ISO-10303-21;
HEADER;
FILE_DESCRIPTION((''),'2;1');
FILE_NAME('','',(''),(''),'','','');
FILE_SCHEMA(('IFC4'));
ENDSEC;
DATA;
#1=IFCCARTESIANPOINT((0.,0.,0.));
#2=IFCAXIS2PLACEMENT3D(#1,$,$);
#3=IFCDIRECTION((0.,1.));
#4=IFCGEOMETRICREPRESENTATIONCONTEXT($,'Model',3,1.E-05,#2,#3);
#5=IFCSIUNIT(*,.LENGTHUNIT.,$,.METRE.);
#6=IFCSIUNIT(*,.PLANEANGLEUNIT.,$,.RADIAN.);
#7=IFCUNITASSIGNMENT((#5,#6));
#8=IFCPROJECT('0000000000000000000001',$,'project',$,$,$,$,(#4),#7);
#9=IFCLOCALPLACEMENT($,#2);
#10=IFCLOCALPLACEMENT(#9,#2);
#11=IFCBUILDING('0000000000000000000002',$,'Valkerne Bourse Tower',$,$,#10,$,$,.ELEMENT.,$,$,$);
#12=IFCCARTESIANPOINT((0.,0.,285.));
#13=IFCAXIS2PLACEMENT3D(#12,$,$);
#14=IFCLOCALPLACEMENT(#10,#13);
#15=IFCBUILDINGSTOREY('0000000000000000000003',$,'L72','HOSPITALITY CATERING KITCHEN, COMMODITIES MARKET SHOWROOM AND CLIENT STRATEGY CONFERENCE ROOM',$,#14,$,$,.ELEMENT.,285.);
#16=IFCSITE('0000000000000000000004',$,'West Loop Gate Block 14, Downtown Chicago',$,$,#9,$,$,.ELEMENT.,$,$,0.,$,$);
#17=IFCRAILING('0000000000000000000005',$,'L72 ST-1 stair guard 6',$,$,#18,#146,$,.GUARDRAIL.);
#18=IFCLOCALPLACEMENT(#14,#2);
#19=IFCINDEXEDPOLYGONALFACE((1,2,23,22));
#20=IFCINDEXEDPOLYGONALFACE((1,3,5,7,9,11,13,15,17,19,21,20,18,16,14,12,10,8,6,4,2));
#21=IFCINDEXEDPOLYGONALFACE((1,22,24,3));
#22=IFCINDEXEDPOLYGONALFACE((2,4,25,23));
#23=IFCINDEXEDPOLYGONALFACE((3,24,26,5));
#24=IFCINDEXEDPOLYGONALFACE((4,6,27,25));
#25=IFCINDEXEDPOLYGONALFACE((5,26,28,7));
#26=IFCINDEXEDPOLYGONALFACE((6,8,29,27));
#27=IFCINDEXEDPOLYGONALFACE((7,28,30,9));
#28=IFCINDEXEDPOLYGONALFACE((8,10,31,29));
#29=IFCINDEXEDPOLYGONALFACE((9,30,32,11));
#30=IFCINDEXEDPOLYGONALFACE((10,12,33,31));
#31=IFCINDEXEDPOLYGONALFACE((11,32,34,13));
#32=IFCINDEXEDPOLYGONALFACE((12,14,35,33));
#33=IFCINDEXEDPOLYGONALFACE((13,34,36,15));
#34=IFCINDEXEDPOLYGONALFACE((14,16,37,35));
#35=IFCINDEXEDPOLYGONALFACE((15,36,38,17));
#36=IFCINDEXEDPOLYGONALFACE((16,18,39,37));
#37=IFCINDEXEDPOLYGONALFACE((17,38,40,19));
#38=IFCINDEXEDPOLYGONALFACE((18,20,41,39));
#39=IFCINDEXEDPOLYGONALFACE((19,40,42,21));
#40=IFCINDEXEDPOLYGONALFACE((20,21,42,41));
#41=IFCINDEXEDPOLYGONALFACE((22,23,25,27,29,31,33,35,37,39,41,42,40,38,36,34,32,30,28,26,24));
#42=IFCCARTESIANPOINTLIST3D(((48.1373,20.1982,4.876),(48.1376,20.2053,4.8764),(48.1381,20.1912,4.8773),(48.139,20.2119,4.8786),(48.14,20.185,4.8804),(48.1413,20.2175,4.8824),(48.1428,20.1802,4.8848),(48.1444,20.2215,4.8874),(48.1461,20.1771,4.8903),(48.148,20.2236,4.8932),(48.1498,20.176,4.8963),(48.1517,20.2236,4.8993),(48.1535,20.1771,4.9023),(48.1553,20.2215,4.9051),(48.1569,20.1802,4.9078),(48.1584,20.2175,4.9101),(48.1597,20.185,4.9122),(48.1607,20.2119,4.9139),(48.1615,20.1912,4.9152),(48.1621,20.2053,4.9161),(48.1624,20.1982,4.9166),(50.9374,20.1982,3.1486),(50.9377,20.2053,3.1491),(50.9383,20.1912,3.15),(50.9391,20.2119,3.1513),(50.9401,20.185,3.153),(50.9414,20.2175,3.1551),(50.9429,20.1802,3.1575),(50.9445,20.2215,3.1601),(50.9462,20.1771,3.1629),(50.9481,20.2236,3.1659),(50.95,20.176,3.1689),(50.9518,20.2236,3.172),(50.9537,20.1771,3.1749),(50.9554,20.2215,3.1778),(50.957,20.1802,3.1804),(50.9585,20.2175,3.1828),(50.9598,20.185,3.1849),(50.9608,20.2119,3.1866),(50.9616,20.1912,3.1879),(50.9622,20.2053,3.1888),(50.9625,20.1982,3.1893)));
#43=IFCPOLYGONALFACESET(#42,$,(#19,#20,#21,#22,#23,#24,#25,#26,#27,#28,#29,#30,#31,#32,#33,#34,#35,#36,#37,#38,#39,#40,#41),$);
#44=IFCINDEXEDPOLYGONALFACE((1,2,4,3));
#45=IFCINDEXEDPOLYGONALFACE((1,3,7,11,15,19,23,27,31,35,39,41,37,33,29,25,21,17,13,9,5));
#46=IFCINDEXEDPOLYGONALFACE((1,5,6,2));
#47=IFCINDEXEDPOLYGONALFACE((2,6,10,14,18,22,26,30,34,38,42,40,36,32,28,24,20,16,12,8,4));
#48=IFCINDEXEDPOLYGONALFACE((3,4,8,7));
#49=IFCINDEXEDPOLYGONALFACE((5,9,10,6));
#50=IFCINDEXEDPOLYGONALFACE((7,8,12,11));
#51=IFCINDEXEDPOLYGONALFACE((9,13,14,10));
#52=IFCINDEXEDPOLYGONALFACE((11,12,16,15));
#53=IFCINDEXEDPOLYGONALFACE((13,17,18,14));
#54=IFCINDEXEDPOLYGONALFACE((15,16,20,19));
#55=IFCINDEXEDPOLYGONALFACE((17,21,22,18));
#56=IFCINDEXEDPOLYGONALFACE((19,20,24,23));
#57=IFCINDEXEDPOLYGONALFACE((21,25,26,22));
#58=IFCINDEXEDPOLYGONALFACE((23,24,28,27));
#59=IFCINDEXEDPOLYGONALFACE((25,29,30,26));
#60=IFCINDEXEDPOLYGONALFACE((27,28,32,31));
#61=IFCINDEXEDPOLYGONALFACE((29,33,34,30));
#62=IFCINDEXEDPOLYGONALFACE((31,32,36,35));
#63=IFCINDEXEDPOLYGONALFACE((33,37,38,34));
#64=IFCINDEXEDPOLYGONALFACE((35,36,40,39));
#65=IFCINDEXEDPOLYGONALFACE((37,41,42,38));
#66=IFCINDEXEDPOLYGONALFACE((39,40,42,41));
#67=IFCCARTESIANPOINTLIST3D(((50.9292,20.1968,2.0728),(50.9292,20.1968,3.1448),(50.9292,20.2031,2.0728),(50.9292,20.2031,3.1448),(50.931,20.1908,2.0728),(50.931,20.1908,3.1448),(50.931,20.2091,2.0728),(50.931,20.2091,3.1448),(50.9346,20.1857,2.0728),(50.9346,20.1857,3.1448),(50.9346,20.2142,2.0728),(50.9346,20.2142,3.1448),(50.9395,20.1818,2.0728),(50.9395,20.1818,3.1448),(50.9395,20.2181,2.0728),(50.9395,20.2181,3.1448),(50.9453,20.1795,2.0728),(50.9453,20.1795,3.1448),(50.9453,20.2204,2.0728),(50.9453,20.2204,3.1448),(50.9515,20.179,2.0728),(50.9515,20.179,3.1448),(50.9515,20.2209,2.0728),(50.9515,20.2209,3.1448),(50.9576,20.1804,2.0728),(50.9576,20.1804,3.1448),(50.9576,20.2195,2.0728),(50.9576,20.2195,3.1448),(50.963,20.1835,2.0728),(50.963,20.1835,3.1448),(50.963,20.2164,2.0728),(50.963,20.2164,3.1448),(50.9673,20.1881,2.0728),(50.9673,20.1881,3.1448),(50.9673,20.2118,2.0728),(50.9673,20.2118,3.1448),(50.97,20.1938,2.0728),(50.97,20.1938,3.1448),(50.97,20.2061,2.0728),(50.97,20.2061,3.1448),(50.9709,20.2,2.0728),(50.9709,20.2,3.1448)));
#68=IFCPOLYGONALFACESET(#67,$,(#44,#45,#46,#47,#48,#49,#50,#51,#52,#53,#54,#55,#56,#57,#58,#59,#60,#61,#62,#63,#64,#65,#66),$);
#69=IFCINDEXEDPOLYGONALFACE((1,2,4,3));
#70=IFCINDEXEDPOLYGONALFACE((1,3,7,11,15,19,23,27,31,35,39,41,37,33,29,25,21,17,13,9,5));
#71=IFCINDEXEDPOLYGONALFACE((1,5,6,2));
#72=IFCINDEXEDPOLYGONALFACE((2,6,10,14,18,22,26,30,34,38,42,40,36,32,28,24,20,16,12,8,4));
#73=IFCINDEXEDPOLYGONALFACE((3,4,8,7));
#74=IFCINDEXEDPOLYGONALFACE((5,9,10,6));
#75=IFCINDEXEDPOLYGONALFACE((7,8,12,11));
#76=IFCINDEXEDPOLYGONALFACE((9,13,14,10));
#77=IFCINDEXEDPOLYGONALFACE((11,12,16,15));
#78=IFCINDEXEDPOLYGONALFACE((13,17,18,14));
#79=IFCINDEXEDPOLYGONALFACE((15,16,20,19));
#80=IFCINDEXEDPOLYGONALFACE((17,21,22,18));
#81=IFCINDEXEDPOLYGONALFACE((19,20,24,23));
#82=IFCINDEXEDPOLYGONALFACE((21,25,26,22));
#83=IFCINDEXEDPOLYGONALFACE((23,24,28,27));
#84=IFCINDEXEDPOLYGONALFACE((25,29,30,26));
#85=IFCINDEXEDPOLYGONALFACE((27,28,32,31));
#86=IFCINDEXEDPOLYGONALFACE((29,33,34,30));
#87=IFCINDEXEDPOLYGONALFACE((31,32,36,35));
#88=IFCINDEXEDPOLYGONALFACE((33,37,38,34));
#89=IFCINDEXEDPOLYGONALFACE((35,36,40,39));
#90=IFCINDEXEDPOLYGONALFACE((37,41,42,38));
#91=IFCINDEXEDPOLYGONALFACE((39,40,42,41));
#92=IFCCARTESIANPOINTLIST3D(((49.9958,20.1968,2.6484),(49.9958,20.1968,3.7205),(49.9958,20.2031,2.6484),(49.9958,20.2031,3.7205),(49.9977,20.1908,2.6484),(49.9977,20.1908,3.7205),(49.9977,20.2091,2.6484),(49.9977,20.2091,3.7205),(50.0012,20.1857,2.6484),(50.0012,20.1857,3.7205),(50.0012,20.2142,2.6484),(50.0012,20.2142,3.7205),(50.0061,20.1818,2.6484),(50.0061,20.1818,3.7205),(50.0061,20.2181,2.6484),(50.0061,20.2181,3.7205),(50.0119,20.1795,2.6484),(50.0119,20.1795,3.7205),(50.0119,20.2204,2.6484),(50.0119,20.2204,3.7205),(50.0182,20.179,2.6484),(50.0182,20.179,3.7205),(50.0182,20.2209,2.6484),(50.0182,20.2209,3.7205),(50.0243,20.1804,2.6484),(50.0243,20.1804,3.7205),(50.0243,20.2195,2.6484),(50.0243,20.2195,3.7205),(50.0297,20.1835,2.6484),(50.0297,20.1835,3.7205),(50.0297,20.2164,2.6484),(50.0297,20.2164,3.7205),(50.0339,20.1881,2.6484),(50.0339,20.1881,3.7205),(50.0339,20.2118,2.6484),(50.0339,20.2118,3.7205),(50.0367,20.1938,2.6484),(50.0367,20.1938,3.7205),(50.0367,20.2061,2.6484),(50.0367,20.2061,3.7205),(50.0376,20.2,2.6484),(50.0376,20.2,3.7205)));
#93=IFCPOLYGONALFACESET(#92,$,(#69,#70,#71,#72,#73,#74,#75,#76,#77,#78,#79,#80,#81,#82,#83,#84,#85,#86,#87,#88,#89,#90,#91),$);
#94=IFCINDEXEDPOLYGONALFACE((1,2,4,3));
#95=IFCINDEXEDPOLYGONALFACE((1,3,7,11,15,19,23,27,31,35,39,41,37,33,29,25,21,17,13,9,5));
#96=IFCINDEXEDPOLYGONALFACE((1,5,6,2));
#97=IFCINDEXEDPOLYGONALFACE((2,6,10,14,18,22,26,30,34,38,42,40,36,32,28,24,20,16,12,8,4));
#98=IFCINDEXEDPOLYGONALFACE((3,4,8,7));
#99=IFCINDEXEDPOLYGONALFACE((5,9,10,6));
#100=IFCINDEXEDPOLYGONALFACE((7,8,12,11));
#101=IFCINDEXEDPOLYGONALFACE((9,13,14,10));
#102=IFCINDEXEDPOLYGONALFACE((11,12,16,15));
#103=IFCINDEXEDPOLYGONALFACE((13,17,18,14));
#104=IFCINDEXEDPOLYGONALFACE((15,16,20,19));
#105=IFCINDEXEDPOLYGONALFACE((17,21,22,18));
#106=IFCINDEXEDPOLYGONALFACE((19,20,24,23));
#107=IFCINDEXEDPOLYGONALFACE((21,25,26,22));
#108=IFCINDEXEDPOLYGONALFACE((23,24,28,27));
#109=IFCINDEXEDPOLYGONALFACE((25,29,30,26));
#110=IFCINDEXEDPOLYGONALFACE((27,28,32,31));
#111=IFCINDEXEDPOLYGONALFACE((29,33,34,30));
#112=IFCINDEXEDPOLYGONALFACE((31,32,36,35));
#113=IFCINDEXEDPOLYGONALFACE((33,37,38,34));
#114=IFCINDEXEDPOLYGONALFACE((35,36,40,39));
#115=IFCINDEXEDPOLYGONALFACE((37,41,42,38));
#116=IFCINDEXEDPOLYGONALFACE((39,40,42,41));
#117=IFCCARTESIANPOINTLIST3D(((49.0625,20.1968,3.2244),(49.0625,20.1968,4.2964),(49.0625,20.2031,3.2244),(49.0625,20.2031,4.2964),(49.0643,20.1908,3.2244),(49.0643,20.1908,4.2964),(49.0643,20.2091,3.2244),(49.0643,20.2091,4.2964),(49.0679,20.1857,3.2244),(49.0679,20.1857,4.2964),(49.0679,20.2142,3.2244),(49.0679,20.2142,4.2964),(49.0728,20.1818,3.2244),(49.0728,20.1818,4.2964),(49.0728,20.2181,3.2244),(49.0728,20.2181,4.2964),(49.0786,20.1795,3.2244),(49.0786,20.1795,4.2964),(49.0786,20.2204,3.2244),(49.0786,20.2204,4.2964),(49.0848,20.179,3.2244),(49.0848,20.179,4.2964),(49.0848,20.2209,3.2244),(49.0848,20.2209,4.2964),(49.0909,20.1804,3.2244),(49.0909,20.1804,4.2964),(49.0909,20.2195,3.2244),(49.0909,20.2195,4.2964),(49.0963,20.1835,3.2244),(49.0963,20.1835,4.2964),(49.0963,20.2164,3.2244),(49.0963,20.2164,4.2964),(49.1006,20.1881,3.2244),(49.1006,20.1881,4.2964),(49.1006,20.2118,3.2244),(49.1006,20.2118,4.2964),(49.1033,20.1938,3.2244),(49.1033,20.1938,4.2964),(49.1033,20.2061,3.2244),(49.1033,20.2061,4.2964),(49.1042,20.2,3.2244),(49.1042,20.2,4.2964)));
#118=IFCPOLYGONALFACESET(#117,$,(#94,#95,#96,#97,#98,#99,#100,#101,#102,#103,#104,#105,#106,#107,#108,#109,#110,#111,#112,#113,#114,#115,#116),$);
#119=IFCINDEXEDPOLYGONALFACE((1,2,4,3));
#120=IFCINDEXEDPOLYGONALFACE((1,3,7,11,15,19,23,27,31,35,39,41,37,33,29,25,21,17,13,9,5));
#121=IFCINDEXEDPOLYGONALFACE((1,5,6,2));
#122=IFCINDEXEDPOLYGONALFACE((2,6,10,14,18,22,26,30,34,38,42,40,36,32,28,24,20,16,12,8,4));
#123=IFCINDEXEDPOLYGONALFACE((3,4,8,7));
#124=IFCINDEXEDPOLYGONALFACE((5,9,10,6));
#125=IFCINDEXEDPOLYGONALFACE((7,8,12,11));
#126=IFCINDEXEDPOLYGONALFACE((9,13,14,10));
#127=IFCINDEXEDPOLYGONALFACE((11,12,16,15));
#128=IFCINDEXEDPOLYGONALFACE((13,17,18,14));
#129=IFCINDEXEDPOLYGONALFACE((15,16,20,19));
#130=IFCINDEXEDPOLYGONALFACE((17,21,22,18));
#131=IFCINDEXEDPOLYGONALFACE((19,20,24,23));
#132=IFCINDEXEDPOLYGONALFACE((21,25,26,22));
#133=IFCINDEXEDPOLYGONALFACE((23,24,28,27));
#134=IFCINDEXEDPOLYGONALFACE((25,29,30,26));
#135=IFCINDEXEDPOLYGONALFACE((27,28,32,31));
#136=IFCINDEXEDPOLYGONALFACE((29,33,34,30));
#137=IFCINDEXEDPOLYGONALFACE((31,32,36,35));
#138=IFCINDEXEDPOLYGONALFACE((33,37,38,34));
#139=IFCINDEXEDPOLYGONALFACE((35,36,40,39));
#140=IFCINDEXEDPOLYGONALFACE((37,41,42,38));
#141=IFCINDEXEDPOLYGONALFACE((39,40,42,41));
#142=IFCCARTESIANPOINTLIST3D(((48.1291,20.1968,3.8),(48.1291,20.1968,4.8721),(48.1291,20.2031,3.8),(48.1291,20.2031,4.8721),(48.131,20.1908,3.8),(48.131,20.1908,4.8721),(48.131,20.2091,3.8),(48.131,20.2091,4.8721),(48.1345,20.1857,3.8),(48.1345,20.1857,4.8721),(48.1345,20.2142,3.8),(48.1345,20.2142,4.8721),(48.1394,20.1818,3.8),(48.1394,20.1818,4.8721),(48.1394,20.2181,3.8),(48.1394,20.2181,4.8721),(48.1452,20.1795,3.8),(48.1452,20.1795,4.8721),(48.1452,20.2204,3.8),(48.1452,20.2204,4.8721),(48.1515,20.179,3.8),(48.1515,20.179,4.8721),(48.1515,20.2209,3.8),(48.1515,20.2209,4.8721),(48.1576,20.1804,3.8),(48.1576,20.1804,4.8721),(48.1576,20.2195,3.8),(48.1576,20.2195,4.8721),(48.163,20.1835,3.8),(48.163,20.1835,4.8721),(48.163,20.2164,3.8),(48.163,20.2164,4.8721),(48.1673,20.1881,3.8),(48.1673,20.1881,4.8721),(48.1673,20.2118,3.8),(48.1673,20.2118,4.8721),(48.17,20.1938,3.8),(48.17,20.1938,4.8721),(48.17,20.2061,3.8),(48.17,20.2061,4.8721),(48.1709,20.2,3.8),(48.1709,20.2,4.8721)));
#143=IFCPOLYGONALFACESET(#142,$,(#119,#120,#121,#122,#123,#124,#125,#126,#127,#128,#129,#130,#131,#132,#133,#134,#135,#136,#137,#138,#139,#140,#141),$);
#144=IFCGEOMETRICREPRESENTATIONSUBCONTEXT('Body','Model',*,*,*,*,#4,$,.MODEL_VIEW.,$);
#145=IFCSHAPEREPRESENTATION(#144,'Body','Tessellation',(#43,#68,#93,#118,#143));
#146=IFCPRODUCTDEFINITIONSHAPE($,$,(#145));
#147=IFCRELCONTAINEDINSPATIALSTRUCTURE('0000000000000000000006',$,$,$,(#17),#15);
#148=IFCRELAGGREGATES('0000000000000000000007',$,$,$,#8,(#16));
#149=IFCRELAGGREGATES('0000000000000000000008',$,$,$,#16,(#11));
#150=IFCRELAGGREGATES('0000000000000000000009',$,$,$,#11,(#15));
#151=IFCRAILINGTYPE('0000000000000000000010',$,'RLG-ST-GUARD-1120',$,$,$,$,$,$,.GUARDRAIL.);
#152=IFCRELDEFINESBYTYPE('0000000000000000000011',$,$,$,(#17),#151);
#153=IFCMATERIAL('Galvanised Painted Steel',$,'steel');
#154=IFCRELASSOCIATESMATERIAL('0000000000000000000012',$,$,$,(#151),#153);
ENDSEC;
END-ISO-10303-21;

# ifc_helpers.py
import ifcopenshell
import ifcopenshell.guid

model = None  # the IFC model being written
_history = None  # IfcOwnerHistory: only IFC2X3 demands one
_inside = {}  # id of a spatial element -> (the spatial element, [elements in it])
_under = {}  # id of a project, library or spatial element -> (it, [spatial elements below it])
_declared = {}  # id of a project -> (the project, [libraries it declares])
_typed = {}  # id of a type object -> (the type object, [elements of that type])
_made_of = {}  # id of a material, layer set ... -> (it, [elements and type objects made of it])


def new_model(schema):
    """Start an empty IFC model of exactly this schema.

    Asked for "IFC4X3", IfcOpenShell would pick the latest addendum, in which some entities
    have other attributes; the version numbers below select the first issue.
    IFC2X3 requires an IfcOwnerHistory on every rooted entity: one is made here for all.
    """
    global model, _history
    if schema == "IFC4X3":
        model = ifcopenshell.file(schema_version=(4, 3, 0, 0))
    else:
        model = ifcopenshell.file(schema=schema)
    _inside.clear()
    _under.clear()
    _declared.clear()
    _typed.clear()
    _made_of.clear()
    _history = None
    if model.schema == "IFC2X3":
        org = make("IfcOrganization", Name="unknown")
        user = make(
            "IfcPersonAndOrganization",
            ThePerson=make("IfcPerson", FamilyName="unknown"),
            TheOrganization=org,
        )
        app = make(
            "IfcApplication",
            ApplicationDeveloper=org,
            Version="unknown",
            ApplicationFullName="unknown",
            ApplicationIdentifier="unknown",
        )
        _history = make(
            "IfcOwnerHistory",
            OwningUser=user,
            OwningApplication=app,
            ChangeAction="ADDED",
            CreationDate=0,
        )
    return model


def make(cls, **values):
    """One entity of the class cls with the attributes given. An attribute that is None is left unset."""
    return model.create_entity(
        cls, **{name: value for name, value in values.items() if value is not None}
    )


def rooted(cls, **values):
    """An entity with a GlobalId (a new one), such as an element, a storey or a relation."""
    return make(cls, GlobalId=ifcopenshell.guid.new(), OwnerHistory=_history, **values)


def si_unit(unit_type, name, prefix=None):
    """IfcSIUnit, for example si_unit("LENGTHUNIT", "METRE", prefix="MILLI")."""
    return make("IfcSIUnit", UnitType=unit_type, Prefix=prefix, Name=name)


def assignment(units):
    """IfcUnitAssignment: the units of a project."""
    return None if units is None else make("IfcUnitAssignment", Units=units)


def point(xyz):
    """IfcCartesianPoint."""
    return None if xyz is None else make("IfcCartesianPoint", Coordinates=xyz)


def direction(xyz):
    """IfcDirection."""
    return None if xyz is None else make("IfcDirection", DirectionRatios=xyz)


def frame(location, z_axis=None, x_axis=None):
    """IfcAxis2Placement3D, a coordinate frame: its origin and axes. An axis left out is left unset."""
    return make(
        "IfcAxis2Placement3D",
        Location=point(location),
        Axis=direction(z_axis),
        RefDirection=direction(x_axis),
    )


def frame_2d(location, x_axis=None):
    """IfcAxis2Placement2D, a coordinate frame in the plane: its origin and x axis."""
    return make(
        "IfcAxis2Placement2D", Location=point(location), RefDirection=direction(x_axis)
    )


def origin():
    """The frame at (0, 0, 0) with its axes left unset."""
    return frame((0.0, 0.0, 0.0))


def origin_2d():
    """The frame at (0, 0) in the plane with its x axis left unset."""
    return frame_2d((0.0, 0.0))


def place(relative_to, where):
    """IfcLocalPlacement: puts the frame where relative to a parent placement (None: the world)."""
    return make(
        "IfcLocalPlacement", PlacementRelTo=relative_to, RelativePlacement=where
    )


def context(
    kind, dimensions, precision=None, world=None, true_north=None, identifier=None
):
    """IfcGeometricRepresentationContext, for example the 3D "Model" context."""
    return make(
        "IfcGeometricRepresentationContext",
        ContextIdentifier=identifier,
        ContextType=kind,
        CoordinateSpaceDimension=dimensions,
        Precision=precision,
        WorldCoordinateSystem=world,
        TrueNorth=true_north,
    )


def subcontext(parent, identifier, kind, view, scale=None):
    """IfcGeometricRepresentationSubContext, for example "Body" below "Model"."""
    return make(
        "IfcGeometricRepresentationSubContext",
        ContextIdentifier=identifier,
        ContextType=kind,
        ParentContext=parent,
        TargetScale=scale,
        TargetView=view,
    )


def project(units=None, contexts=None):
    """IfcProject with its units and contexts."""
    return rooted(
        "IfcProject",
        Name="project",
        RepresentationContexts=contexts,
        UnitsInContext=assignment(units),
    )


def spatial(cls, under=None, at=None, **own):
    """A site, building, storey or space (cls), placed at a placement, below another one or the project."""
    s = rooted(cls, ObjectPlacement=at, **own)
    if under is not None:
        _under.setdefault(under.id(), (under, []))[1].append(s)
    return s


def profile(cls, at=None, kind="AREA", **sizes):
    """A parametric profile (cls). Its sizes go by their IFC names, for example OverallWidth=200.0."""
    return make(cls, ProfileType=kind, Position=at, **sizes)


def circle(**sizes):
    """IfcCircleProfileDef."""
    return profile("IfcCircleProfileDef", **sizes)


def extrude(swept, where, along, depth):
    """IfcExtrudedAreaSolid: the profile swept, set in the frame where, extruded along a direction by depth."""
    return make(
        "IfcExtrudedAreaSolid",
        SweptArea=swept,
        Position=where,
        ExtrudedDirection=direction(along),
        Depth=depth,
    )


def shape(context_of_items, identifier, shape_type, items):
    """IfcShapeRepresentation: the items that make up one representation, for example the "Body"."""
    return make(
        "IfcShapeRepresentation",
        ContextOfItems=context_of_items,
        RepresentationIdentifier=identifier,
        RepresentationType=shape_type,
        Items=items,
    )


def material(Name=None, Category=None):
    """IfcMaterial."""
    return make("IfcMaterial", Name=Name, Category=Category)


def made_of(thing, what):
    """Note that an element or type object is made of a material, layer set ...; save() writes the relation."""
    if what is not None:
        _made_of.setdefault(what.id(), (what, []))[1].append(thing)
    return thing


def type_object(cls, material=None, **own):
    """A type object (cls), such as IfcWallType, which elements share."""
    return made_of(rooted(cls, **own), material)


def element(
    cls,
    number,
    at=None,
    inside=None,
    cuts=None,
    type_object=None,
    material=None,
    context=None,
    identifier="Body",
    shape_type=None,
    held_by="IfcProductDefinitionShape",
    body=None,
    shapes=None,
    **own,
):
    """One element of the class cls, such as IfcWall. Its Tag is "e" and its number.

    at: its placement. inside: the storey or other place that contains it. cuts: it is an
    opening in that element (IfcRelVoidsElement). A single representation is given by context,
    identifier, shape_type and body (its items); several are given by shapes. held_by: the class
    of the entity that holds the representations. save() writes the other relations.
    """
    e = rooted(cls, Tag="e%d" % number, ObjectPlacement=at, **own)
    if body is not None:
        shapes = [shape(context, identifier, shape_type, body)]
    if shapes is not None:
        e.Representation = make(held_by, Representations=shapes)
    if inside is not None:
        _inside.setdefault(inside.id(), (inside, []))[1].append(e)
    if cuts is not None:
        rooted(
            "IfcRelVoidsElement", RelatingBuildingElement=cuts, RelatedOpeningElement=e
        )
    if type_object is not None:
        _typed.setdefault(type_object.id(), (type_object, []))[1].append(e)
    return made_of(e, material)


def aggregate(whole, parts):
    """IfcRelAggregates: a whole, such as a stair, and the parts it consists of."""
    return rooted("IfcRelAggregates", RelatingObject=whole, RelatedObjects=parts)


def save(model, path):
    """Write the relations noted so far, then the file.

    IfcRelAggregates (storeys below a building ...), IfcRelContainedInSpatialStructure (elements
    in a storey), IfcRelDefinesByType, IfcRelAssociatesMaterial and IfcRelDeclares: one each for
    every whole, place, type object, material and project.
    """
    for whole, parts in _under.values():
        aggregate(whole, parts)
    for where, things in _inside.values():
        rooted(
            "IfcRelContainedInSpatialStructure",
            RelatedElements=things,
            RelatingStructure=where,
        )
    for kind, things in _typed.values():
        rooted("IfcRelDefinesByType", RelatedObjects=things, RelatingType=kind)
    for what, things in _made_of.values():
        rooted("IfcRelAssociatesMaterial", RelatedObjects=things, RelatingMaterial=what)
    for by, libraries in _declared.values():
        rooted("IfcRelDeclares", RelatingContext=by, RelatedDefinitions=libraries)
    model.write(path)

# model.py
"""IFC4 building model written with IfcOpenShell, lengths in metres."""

from ifc_helpers import new_model, si_unit, direction, frame, origin, origin_2d, place, context, subcontext, project, spatial, circle, extrude, material, type_object, element, save


model = new_model("IFC4")

# Units and contexts
model_context = context("Model", 3, precision=1e-05, world=origin(), true_north=direction((0.0, 1.0)))
body_context = subcontext(model_context, "Body", "Model", "MODEL_VIEW")
ifc_project = project(units=[si_unit("LENGTHUNIT", "METRE"), si_unit("PLANEANGLEUNIT", "RADIAN")], contexts=[model_context])

# Site, building, storey
site_placement = place(None, origin())
site = spatial("IfcSite", under=ifc_project, at=site_placement, Name="West Loop Gate Block 14, Downtown Chicago", CompositionType="ELEMENT", RefElevation=0.0)
building_placement = place(site_placement, origin())
building = spatial("IfcBuilding", under=site, at=building_placement, Name="Valkerne Bourse Tower", CompositionType="ELEMENT")
storey_placement = place(building_placement, frame((0.0, 0.0, 285.0)))
storey = spatial("IfcBuildingStorey", under=building, at=storey_placement, Name="L72", Description="HOSPITALITY CATERING KITCHEN, COMMODITIES MARKET SHOWROOM AND CLIENT STRATEGY CONFERENCE ROOM", CompositionType="ELEMENT", Elevation=285.0)

# Shared definitions
ifc_material_1 = material(Name="Galvanised Painted Steel", Category="steel")

# Railing
railing_type_1 = type_object("IfcRailingType", Name="RLG-ST-GUARD-1120", PredefinedType="GUARDRAIL", material=ifc_material_1)
railing_1_placement = place(storey_placement, frame((50.95, 20.2, 2.0728)))
element("IfcRailing", 1, at=railing_1_placement, inside=storey, type_object=railing_type_1, Name="L72 ST-1 stair guard 6", PredefinedType="GUARDRAIL", context=body_context, shape_type="SweptSolid", body=[
    extrude(circle(Radius=0.0239, at=origin_2d()), frame((0.0, 0.0, 1.0962), z_axis=(-0.85109, 0.0, 0.52502), x_axis=(0.0, -1.0, 0.0)), (0.0, 0.0, 1.0), 3.29),
    extrude(circle(Radius=0.021, at=origin_2d()), origin(), (0.0, 0.0, 1.0), 1.072),
    extrude(circle(Radius=0.021, at=origin_2d()), frame((-0.9333, 0.0, 0.5757)), (0.0, 0.0, 1.0), 1.072),
    extrude(circle(Radius=0.021, at=origin_2d()), frame((-1.8667, 0.0, 1.1516)), (0.0, 0.0, 1.0), 1.072),
    extrude(circle(Radius=0.021, at=origin_2d()), frame((-2.8, 0.0, 1.7273)), (0.0, 0.0, 1.0), 1.072),
])

save(model, "model.ifc")
